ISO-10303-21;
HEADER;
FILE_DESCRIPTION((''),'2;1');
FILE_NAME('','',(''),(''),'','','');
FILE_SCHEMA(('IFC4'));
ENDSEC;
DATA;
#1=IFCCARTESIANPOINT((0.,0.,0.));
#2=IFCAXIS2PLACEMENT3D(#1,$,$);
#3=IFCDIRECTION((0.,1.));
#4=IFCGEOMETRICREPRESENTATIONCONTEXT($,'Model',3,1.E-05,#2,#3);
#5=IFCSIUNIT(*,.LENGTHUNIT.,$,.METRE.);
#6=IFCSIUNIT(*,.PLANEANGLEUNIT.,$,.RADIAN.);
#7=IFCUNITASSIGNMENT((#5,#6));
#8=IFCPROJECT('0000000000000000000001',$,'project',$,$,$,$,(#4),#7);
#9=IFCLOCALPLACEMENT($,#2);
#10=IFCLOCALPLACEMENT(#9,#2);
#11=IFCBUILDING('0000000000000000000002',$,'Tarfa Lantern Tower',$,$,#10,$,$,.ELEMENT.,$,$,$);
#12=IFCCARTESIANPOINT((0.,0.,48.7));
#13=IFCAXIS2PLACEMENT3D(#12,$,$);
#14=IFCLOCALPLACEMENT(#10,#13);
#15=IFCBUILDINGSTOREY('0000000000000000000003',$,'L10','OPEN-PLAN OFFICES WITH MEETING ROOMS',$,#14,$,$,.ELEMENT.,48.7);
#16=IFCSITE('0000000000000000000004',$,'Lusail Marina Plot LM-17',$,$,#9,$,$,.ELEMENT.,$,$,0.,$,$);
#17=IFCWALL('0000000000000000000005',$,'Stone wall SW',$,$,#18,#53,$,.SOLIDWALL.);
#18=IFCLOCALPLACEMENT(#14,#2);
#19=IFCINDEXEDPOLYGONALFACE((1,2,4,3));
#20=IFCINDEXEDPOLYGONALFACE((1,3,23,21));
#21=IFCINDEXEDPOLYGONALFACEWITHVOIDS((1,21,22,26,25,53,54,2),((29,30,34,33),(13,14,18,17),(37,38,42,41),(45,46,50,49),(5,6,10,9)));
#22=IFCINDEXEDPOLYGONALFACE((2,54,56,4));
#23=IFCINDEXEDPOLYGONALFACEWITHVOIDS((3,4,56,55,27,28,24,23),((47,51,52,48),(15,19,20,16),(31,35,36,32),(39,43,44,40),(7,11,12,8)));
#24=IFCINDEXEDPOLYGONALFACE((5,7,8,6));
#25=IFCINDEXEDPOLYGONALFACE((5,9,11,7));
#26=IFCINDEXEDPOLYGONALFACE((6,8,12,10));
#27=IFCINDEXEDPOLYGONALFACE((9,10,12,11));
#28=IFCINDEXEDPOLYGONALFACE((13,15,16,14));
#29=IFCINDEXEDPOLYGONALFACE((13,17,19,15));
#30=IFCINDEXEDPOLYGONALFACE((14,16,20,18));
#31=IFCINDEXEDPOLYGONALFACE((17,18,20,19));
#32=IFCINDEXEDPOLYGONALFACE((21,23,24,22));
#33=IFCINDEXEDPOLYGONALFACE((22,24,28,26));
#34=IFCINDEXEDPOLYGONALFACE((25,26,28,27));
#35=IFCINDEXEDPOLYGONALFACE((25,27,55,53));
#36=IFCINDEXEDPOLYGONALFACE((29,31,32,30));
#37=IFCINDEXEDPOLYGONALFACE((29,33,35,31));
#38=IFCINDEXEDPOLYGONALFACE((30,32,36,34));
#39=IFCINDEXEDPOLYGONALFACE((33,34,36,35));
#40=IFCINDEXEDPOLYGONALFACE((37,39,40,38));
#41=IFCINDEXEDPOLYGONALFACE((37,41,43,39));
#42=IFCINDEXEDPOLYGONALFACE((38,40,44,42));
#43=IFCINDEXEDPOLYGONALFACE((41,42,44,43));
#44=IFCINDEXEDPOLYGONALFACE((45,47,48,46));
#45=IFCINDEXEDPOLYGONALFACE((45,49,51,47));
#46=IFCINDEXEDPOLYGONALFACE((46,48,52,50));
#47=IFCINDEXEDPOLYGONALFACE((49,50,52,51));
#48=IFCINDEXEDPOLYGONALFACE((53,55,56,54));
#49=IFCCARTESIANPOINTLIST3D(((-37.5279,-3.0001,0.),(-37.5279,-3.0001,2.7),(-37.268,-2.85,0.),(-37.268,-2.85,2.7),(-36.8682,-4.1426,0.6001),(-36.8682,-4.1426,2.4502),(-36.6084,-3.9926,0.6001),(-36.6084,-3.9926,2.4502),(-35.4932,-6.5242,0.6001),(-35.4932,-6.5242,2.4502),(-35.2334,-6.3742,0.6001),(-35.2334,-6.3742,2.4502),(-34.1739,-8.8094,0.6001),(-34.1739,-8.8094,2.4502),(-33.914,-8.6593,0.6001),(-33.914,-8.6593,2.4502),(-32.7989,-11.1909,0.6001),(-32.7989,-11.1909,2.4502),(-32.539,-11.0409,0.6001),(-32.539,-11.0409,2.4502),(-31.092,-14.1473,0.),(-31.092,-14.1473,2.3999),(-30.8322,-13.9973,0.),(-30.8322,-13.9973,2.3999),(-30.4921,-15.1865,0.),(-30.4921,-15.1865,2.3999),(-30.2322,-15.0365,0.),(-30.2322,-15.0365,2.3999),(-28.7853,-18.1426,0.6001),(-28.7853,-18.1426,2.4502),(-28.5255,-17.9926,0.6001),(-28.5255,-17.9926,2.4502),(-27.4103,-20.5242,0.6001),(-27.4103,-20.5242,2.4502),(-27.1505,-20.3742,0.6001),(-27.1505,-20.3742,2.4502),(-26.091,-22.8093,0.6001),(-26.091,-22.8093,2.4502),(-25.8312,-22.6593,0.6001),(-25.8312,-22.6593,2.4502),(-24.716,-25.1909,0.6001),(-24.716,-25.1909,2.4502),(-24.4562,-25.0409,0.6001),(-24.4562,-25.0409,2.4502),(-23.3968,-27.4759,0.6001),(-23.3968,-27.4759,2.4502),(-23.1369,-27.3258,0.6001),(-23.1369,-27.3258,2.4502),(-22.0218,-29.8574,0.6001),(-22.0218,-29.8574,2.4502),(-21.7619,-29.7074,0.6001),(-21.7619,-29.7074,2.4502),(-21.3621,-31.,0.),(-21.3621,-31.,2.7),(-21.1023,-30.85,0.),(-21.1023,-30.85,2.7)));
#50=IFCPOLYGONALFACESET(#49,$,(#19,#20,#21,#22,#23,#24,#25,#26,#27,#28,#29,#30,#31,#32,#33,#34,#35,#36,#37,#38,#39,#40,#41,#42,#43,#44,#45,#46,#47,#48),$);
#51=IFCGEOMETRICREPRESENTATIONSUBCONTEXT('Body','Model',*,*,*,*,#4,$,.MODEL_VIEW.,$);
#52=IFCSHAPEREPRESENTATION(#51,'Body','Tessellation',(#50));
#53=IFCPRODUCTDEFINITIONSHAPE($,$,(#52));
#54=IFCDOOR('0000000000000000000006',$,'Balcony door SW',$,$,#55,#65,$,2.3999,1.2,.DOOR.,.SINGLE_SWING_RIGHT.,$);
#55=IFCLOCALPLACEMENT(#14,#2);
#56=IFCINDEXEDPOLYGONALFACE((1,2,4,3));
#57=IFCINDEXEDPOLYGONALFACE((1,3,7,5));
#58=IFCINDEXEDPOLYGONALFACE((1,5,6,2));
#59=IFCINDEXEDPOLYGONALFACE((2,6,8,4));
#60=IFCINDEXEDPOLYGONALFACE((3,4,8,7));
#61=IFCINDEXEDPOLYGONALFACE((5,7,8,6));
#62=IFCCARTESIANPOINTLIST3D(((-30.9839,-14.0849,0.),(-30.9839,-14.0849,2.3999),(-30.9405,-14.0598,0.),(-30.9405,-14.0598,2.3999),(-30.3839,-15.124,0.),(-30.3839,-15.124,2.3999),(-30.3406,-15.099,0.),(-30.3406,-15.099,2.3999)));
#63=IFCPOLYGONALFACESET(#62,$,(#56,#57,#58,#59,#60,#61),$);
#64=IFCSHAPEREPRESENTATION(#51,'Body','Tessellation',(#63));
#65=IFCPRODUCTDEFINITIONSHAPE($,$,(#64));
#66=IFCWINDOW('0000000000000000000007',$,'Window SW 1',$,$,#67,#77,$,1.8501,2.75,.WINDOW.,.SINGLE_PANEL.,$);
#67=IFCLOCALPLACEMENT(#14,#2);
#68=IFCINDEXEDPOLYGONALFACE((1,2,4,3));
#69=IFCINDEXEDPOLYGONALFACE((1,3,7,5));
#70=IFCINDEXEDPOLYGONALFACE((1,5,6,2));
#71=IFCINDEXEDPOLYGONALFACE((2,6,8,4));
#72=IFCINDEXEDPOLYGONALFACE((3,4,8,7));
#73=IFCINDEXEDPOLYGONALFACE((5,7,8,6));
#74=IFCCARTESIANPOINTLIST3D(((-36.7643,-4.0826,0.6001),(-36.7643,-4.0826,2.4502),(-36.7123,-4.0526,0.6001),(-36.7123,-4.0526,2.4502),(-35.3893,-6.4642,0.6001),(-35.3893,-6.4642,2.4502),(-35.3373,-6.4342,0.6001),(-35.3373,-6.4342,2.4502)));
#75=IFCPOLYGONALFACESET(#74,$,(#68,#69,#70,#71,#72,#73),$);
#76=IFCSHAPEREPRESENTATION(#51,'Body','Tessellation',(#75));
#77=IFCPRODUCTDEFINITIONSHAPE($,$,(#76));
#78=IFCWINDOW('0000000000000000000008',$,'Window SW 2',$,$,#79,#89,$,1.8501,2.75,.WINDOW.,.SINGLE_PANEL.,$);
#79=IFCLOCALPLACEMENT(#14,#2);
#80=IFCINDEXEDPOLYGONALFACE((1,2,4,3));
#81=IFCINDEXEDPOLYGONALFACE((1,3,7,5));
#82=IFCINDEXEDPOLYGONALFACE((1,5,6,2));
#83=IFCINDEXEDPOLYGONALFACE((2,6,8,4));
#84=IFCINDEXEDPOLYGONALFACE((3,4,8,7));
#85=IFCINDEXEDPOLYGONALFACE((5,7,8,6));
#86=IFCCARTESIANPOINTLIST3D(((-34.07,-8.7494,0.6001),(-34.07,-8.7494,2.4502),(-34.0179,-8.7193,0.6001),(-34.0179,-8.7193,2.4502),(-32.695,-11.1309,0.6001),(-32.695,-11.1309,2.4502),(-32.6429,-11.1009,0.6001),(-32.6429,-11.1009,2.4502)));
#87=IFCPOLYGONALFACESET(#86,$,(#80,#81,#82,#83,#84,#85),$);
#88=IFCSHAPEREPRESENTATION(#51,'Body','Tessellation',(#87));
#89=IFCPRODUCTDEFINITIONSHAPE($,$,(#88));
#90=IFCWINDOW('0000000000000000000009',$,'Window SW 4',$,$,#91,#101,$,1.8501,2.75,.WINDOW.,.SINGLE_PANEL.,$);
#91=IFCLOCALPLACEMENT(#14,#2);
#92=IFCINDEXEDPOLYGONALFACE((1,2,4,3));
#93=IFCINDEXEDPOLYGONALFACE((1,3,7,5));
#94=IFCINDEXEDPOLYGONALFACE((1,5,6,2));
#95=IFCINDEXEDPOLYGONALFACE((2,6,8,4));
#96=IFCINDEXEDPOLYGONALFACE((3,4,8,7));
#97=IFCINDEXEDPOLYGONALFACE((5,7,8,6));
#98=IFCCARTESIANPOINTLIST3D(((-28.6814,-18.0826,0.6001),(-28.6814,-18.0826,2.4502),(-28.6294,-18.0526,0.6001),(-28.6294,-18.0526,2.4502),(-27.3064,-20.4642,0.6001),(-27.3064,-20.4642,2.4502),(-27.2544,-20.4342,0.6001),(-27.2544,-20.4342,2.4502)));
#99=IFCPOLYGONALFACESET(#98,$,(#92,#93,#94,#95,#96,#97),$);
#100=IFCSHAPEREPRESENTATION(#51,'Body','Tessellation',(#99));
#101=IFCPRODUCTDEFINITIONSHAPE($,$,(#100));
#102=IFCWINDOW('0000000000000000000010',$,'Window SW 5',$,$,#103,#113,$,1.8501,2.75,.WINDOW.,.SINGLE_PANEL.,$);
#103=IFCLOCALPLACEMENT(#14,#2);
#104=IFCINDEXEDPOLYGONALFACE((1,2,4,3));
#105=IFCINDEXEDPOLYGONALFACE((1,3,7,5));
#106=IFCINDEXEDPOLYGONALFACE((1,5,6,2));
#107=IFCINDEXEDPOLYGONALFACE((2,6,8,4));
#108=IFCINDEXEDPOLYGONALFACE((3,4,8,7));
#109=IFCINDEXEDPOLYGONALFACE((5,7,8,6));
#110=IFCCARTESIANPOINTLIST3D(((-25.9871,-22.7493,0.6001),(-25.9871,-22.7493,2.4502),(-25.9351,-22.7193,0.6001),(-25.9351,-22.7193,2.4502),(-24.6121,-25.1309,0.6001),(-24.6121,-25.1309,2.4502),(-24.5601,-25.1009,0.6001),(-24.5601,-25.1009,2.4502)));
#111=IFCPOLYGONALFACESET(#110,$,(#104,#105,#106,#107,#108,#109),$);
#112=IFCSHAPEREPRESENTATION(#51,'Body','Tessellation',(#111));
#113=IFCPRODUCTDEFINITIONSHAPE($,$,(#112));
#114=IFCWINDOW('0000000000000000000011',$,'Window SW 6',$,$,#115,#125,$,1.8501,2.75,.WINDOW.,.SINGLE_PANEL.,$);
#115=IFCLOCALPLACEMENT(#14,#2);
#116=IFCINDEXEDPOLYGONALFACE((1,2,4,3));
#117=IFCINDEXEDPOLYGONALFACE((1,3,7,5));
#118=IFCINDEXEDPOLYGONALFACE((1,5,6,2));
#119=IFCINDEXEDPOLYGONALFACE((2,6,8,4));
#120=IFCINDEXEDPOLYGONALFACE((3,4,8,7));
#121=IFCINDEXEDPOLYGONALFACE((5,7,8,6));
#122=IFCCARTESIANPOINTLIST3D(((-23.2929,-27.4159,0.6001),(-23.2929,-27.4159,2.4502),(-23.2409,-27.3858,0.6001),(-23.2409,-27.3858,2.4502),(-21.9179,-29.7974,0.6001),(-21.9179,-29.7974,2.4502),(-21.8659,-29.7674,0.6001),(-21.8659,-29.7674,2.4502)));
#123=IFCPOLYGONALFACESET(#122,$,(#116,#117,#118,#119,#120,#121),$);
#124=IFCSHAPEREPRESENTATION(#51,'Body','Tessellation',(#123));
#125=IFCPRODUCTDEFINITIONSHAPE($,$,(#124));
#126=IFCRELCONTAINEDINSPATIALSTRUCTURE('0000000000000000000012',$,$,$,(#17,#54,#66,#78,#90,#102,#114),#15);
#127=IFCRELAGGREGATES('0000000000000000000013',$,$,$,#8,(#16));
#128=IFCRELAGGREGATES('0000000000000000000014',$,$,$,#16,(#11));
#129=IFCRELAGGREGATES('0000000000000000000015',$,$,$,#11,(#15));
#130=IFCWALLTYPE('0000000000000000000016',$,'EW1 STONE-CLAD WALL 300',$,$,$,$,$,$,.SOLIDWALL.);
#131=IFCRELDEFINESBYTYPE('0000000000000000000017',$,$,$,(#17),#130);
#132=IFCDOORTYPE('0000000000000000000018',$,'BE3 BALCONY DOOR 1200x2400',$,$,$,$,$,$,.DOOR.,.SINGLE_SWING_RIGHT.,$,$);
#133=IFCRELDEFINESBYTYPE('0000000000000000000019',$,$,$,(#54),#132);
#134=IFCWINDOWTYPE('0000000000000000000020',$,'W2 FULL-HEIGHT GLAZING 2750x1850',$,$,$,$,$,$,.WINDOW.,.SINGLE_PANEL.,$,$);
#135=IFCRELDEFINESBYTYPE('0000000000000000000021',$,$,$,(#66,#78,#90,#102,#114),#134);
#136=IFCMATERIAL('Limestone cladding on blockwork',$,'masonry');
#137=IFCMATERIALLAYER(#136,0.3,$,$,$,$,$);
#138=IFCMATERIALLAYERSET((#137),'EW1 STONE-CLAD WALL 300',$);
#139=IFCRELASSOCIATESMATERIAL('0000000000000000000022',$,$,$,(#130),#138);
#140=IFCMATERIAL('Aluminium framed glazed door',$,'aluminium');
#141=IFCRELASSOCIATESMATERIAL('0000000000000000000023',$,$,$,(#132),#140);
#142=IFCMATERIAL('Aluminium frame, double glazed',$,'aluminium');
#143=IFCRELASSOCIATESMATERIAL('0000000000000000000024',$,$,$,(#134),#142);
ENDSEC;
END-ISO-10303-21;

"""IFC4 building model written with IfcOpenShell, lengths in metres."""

from ifc_helpers import new_model, si_unit, direction, frame, frame_2d, origin, place, context, subcontext, project, spatial, rectangle, extrude, material, layer, layer_set, type_object, element, fill, save


model = new_model("IFC4")

# Units and contexts
model_context = context("Model", 3, precision=1e-05, world=origin(), true_north=direction((0.0, 1.0)))
body_context = subcontext(model_context, "Body", "Model", "MODEL_VIEW")
ifc_project = project(units=[si_unit("LENGTHUNIT", "METRE"), si_unit("PLANEANGLEUNIT", "RADIAN")], contexts=[model_context])

# Site, building, storey
site_placement = place(None, origin())
site = spatial("IfcSite", under=ifc_project, at=site_placement, Name="Lusail Marina Plot LM-17", CompositionType="ELEMENT", RefElevation=0.0)
building_placement = place(site_placement, origin())
building = spatial("IfcBuilding", under=site, at=building_placement, Name="Tarfa Lantern Tower", CompositionType="ELEMENT")
storey_placement = place(building_placement, frame((0.0, 0.0, 48.7)))
storey = spatial("IfcBuildingStorey", under=building, at=storey_placement, Name="L10", Description="OPEN-PLAN OFFICES WITH MEETING ROOMS", CompositionType="ELEMENT", Elevation=48.7)

# Wall, openings, door, windows
ifc_material_1 = material(Name="Limestone cladding on blockwork", Category="masonry")
ifc_layer_1 = layer(ifc_material_1, 0.3)
ifc_layer_set_1 = layer_set([ifc_layer_1], Name="EW1 STONE-CLAD WALL 300")
wall_type = type_object("IfcWallType", Name="EW1 STONE-CLAD WALL 300", PredefinedType="SOLIDWALL", material=ifc_layer_set_1)
wall_placement = place(storey_placement, frame((-37.3979, -2.925, 0.0), z_axis=(0.0, 0.0, 1.0), x_axis=(0.499999, -0.866026, 0.0)))
wall = element("IfcWall", 1, at=wall_placement, inside=storey, type_object=wall_type, Name="Stone wall SW", PredefinedType="SOLIDWALL", context=body_context, shape_type="SweptSolid", body=[
    extrude(rectangle(XDim=32.3315, YDim=0.3, at=frame_2d((16.1658, 0.0))), origin(), (0.0, 0.0, 1.0), 2.7),
])
opening_1_placement = place(wall_placement, frame((1.3193, 0.0, 0.6001)))
opening_1 = element("IfcOpeningElement", 2, at=opening_1_placement, cuts=wall, PredefinedType="OPENING", context=body_context, shape_type="SweptSolid", body=[
    extrude(rectangle(XDim=2.75, YDim=1.8501, at=frame_2d((1.375, 0.925))), frame((0.0, 0.1599, 0.0), z_axis=(0.0, -1.0, 0.0), x_axis=(1.0, 0.0, 0.0)), (0.0, 0.0, 1.0), 0.3201),
])
opening_2_placement = place(wall_placement, frame((6.708, 0.0, 0.6001)))
opening_2 = element("IfcOpeningElement", 3, at=opening_2_placement, cuts=wall, PredefinedType="OPENING", context=body_context, shape_type="SweptSolid", body=[
    extrude(rectangle(XDim=2.75, YDim=1.8501, at=frame_2d((1.375, 0.925))), frame((0.0, 0.1599, 0.0), z_axis=(0.0, -1.0, 0.0), x_axis=(1.0, 0.0, 0.0)), (0.0, 0.0, 1.0), 0.3201),
])
opening_3_placement = place(wall_placement, frame((12.8716, 0.0, 0.0)))
opening_3 = element("IfcOpeningElement", 4, at=opening_3_placement, cuts=wall, PredefinedType="OPENING", context=body_context, shape_type="SweptSolid", body=[
    extrude(rectangle(XDim=1.2, YDim=2.3999, at=frame_2d((0.6001, 1.2))), frame((0.0, 0.1599, 0.0), z_axis=(0.0, -1.0, 0.0), x_axis=(1.0, 0.0, 0.0)), (0.0, 0.0, 1.0), 0.3201),
])
opening_4_placement = place(wall_placement, frame((17.4851, 0.0, 0.6001)))
opening_4 = element("IfcOpeningElement", 5, at=opening_4_placement, cuts=wall, PredefinedType="OPENING", context=body_context, shape_type="SweptSolid", body=[
    extrude(rectangle(XDim=2.75, YDim=1.8501, at=frame_2d((1.375, 0.925))), frame((0.0, 0.1599, 0.0), z_axis=(0.0, -1.0, 0.0), x_axis=(1.0, 0.0, 0.0)), (0.0, 0.0, 1.0), 0.3201),
])
opening_5_placement = place(wall_placement, frame((22.8738, 0.0, 0.6001)))
opening_5 = element("IfcOpeningElement", 6, at=opening_5_placement, cuts=wall, PredefinedType="OPENING", context=body_context, shape_type="SweptSolid", body=[
    extrude(rectangle(XDim=2.75, YDim=1.8501, at=frame_2d((1.375, 0.925))), frame((0.0, 0.1599, 0.0), z_axis=(0.0, -1.0, 0.0), x_axis=(1.0, 0.0, 0.0)), (0.0, 0.0, 1.0), 0.3201),
])
opening_6_placement = place(wall_placement, frame((28.2622, 0.0, 0.6001)))
opening_6 = element("IfcOpeningElement", 7, at=opening_6_placement, cuts=wall, PredefinedType="OPENING", context=body_context, shape_type="SweptSolid", body=[
    extrude(rectangle(XDim=2.75, YDim=1.8501, at=frame_2d((1.375, 0.925))), frame((0.0, 0.1599, 0.0), z_axis=(0.0, -1.0, 0.0), x_axis=(1.0, 0.0, 0.0)), (0.0, 0.0, 1.0), 0.3201),
])
ifc_material_2 = material(Name="Aluminium framed glazed door", Category="aluminium")
door_type = type_object("IfcDoorType", Name="BE3 BALCONY DOOR 1200x2400", OperationType="SINGLE_SWING_RIGHT", PredefinedType="DOOR", material=ifc_material_2)
door_placement = place(opening_3_placement, origin())
door = element("IfcDoor", 8, at=door_placement, inside=storey, type_object=door_type, Name="Balcony door SW", OperationType="SINGLE_SWING_RIGHT", OverallHeight=2.3999, OverallWidth=1.2, PredefinedType="DOOR", context=body_context, shape_type="SweptSolid", body=[
    extrude(rectangle(XDim=1.2, YDim=2.3999, at=frame_2d((0.6001, 1.2))), frame((0.0, 0.0249, 0.0), z_axis=(0.0, -1.0, 0.0), x_axis=(1.0, 0.0, 0.0)), (0.0, 0.0, 1.0), 0.05),
])
fill(opening_3, door)
ifc_material_3 = material(Name="Aluminium frame, double glazed", Category="aluminium")
window_type = type_object("IfcWindowType", Name="W2 FULL-HEIGHT GLAZING 2750x1850", PartitioningType="SINGLE_PANEL", PredefinedType="WINDOW", material=ifc_material_3)
window_1_placement = place(opening_1_placement, origin())
window_1 = element("IfcWindow", 9, at=window_1_placement, inside=storey, type_object=window_type, Name="Window SW 1", OverallHeight=1.8501, OverallWidth=2.75, PartitioningType="SINGLE_PANEL", PredefinedType="WINDOW", context=body_context, shape_type="SweptSolid", body=[
    extrude(rectangle(XDim=2.75, YDim=1.8501, at=frame_2d((1.375, 0.925))), frame((0.0, 0.03, 0.0), z_axis=(0.0, -1.0, 0.0), x_axis=(1.0, 0.0, 0.0)), (0.0, 0.0, 1.0), 0.0601),
])
fill(opening_1, window_1)
window_2_placement = place(opening_2_placement, origin())
window_2 = element("IfcWindow", 10, at=window_2_placement, inside=storey, type_object=window_type, Name="Window SW 2", OverallHeight=1.8501, OverallWidth=2.75, PartitioningType="SINGLE_PANEL", PredefinedType="WINDOW", context=body_context, shape_type="SweptSolid", body=[
    extrude(rectangle(XDim=2.75, YDim=1.8501, at=frame_2d((1.375, 0.925))), frame((0.0, 0.03, 0.0), z_axis=(0.0, -1.0, 0.0), x_axis=(1.0, 0.0, 0.0)), (0.0, 0.0, 1.0), 0.0601),
])
fill(opening_2, window_2)
window_3_placement = place(opening_4_placement, origin())
window_3 = element("IfcWindow", 11, at=window_3_placement, inside=storey, type_object=window_type, Name="Window SW 4", OverallHeight=1.8501, OverallWidth=2.75, PartitioningType="SINGLE_PANEL", PredefinedType="WINDOW", context=body_context, shape_type="SweptSolid", body=[
    extrude(rectangle(XDim=2.75, YDim=1.8501, at=frame_2d((1.375, 0.925))), frame((0.0, 0.03, 0.0), z_axis=(0.0, -1.0, 0.0), x_axis=(1.0, 0.0, 0.0)), (0.0, 0.0, 1.0), 0.0601),
])
fill(opening_4, window_3)
window_4_placement = place(opening_5_placement, origin())
window_4 = element("IfcWindow", 12, at=window_4_placement, inside=storey, type_object=window_type, Name="Window SW 5", OverallHeight=1.8501, OverallWidth=2.75, PartitioningType="SINGLE_PANEL", PredefinedType="WINDOW", context=body_context, shape_type="SweptSolid", body=[
    extrude(rectangle(XDim=2.75, YDim=1.8501, at=frame_2d((1.375, 0.925))), frame((0.0, 0.03, 0.0), z_axis=(0.0, -1.0, 0.0), x_axis=(1.0, 0.0, 0.0)), (0.0, 0.0, 1.0), 0.0601),
])
fill(opening_5, window_4)
window_5_placement = place(opening_6_placement, origin())
window_5 = element("IfcWindow", 13, at=window_5_placement, inside=storey, type_object=window_type, Name="Window SW 6", OverallHeight=1.8501, OverallWidth=2.75, PartitioningType="SINGLE_PANEL", PredefinedType="WINDOW", context=body_context, shape_type="SweptSolid", body=[
    extrude(rectangle(XDim=2.75, YDim=1.8501, at=frame_2d((1.375, 0.925))), frame((0.0, 0.03, 0.0), z_axis=(0.0, -1.0, 0.0), x_axis=(1.0, 0.0, 0.0)), (0.0, 0.0, 1.0), 0.0601),
])
fill(opening_6, window_5)

save(model, "model.ifc")
